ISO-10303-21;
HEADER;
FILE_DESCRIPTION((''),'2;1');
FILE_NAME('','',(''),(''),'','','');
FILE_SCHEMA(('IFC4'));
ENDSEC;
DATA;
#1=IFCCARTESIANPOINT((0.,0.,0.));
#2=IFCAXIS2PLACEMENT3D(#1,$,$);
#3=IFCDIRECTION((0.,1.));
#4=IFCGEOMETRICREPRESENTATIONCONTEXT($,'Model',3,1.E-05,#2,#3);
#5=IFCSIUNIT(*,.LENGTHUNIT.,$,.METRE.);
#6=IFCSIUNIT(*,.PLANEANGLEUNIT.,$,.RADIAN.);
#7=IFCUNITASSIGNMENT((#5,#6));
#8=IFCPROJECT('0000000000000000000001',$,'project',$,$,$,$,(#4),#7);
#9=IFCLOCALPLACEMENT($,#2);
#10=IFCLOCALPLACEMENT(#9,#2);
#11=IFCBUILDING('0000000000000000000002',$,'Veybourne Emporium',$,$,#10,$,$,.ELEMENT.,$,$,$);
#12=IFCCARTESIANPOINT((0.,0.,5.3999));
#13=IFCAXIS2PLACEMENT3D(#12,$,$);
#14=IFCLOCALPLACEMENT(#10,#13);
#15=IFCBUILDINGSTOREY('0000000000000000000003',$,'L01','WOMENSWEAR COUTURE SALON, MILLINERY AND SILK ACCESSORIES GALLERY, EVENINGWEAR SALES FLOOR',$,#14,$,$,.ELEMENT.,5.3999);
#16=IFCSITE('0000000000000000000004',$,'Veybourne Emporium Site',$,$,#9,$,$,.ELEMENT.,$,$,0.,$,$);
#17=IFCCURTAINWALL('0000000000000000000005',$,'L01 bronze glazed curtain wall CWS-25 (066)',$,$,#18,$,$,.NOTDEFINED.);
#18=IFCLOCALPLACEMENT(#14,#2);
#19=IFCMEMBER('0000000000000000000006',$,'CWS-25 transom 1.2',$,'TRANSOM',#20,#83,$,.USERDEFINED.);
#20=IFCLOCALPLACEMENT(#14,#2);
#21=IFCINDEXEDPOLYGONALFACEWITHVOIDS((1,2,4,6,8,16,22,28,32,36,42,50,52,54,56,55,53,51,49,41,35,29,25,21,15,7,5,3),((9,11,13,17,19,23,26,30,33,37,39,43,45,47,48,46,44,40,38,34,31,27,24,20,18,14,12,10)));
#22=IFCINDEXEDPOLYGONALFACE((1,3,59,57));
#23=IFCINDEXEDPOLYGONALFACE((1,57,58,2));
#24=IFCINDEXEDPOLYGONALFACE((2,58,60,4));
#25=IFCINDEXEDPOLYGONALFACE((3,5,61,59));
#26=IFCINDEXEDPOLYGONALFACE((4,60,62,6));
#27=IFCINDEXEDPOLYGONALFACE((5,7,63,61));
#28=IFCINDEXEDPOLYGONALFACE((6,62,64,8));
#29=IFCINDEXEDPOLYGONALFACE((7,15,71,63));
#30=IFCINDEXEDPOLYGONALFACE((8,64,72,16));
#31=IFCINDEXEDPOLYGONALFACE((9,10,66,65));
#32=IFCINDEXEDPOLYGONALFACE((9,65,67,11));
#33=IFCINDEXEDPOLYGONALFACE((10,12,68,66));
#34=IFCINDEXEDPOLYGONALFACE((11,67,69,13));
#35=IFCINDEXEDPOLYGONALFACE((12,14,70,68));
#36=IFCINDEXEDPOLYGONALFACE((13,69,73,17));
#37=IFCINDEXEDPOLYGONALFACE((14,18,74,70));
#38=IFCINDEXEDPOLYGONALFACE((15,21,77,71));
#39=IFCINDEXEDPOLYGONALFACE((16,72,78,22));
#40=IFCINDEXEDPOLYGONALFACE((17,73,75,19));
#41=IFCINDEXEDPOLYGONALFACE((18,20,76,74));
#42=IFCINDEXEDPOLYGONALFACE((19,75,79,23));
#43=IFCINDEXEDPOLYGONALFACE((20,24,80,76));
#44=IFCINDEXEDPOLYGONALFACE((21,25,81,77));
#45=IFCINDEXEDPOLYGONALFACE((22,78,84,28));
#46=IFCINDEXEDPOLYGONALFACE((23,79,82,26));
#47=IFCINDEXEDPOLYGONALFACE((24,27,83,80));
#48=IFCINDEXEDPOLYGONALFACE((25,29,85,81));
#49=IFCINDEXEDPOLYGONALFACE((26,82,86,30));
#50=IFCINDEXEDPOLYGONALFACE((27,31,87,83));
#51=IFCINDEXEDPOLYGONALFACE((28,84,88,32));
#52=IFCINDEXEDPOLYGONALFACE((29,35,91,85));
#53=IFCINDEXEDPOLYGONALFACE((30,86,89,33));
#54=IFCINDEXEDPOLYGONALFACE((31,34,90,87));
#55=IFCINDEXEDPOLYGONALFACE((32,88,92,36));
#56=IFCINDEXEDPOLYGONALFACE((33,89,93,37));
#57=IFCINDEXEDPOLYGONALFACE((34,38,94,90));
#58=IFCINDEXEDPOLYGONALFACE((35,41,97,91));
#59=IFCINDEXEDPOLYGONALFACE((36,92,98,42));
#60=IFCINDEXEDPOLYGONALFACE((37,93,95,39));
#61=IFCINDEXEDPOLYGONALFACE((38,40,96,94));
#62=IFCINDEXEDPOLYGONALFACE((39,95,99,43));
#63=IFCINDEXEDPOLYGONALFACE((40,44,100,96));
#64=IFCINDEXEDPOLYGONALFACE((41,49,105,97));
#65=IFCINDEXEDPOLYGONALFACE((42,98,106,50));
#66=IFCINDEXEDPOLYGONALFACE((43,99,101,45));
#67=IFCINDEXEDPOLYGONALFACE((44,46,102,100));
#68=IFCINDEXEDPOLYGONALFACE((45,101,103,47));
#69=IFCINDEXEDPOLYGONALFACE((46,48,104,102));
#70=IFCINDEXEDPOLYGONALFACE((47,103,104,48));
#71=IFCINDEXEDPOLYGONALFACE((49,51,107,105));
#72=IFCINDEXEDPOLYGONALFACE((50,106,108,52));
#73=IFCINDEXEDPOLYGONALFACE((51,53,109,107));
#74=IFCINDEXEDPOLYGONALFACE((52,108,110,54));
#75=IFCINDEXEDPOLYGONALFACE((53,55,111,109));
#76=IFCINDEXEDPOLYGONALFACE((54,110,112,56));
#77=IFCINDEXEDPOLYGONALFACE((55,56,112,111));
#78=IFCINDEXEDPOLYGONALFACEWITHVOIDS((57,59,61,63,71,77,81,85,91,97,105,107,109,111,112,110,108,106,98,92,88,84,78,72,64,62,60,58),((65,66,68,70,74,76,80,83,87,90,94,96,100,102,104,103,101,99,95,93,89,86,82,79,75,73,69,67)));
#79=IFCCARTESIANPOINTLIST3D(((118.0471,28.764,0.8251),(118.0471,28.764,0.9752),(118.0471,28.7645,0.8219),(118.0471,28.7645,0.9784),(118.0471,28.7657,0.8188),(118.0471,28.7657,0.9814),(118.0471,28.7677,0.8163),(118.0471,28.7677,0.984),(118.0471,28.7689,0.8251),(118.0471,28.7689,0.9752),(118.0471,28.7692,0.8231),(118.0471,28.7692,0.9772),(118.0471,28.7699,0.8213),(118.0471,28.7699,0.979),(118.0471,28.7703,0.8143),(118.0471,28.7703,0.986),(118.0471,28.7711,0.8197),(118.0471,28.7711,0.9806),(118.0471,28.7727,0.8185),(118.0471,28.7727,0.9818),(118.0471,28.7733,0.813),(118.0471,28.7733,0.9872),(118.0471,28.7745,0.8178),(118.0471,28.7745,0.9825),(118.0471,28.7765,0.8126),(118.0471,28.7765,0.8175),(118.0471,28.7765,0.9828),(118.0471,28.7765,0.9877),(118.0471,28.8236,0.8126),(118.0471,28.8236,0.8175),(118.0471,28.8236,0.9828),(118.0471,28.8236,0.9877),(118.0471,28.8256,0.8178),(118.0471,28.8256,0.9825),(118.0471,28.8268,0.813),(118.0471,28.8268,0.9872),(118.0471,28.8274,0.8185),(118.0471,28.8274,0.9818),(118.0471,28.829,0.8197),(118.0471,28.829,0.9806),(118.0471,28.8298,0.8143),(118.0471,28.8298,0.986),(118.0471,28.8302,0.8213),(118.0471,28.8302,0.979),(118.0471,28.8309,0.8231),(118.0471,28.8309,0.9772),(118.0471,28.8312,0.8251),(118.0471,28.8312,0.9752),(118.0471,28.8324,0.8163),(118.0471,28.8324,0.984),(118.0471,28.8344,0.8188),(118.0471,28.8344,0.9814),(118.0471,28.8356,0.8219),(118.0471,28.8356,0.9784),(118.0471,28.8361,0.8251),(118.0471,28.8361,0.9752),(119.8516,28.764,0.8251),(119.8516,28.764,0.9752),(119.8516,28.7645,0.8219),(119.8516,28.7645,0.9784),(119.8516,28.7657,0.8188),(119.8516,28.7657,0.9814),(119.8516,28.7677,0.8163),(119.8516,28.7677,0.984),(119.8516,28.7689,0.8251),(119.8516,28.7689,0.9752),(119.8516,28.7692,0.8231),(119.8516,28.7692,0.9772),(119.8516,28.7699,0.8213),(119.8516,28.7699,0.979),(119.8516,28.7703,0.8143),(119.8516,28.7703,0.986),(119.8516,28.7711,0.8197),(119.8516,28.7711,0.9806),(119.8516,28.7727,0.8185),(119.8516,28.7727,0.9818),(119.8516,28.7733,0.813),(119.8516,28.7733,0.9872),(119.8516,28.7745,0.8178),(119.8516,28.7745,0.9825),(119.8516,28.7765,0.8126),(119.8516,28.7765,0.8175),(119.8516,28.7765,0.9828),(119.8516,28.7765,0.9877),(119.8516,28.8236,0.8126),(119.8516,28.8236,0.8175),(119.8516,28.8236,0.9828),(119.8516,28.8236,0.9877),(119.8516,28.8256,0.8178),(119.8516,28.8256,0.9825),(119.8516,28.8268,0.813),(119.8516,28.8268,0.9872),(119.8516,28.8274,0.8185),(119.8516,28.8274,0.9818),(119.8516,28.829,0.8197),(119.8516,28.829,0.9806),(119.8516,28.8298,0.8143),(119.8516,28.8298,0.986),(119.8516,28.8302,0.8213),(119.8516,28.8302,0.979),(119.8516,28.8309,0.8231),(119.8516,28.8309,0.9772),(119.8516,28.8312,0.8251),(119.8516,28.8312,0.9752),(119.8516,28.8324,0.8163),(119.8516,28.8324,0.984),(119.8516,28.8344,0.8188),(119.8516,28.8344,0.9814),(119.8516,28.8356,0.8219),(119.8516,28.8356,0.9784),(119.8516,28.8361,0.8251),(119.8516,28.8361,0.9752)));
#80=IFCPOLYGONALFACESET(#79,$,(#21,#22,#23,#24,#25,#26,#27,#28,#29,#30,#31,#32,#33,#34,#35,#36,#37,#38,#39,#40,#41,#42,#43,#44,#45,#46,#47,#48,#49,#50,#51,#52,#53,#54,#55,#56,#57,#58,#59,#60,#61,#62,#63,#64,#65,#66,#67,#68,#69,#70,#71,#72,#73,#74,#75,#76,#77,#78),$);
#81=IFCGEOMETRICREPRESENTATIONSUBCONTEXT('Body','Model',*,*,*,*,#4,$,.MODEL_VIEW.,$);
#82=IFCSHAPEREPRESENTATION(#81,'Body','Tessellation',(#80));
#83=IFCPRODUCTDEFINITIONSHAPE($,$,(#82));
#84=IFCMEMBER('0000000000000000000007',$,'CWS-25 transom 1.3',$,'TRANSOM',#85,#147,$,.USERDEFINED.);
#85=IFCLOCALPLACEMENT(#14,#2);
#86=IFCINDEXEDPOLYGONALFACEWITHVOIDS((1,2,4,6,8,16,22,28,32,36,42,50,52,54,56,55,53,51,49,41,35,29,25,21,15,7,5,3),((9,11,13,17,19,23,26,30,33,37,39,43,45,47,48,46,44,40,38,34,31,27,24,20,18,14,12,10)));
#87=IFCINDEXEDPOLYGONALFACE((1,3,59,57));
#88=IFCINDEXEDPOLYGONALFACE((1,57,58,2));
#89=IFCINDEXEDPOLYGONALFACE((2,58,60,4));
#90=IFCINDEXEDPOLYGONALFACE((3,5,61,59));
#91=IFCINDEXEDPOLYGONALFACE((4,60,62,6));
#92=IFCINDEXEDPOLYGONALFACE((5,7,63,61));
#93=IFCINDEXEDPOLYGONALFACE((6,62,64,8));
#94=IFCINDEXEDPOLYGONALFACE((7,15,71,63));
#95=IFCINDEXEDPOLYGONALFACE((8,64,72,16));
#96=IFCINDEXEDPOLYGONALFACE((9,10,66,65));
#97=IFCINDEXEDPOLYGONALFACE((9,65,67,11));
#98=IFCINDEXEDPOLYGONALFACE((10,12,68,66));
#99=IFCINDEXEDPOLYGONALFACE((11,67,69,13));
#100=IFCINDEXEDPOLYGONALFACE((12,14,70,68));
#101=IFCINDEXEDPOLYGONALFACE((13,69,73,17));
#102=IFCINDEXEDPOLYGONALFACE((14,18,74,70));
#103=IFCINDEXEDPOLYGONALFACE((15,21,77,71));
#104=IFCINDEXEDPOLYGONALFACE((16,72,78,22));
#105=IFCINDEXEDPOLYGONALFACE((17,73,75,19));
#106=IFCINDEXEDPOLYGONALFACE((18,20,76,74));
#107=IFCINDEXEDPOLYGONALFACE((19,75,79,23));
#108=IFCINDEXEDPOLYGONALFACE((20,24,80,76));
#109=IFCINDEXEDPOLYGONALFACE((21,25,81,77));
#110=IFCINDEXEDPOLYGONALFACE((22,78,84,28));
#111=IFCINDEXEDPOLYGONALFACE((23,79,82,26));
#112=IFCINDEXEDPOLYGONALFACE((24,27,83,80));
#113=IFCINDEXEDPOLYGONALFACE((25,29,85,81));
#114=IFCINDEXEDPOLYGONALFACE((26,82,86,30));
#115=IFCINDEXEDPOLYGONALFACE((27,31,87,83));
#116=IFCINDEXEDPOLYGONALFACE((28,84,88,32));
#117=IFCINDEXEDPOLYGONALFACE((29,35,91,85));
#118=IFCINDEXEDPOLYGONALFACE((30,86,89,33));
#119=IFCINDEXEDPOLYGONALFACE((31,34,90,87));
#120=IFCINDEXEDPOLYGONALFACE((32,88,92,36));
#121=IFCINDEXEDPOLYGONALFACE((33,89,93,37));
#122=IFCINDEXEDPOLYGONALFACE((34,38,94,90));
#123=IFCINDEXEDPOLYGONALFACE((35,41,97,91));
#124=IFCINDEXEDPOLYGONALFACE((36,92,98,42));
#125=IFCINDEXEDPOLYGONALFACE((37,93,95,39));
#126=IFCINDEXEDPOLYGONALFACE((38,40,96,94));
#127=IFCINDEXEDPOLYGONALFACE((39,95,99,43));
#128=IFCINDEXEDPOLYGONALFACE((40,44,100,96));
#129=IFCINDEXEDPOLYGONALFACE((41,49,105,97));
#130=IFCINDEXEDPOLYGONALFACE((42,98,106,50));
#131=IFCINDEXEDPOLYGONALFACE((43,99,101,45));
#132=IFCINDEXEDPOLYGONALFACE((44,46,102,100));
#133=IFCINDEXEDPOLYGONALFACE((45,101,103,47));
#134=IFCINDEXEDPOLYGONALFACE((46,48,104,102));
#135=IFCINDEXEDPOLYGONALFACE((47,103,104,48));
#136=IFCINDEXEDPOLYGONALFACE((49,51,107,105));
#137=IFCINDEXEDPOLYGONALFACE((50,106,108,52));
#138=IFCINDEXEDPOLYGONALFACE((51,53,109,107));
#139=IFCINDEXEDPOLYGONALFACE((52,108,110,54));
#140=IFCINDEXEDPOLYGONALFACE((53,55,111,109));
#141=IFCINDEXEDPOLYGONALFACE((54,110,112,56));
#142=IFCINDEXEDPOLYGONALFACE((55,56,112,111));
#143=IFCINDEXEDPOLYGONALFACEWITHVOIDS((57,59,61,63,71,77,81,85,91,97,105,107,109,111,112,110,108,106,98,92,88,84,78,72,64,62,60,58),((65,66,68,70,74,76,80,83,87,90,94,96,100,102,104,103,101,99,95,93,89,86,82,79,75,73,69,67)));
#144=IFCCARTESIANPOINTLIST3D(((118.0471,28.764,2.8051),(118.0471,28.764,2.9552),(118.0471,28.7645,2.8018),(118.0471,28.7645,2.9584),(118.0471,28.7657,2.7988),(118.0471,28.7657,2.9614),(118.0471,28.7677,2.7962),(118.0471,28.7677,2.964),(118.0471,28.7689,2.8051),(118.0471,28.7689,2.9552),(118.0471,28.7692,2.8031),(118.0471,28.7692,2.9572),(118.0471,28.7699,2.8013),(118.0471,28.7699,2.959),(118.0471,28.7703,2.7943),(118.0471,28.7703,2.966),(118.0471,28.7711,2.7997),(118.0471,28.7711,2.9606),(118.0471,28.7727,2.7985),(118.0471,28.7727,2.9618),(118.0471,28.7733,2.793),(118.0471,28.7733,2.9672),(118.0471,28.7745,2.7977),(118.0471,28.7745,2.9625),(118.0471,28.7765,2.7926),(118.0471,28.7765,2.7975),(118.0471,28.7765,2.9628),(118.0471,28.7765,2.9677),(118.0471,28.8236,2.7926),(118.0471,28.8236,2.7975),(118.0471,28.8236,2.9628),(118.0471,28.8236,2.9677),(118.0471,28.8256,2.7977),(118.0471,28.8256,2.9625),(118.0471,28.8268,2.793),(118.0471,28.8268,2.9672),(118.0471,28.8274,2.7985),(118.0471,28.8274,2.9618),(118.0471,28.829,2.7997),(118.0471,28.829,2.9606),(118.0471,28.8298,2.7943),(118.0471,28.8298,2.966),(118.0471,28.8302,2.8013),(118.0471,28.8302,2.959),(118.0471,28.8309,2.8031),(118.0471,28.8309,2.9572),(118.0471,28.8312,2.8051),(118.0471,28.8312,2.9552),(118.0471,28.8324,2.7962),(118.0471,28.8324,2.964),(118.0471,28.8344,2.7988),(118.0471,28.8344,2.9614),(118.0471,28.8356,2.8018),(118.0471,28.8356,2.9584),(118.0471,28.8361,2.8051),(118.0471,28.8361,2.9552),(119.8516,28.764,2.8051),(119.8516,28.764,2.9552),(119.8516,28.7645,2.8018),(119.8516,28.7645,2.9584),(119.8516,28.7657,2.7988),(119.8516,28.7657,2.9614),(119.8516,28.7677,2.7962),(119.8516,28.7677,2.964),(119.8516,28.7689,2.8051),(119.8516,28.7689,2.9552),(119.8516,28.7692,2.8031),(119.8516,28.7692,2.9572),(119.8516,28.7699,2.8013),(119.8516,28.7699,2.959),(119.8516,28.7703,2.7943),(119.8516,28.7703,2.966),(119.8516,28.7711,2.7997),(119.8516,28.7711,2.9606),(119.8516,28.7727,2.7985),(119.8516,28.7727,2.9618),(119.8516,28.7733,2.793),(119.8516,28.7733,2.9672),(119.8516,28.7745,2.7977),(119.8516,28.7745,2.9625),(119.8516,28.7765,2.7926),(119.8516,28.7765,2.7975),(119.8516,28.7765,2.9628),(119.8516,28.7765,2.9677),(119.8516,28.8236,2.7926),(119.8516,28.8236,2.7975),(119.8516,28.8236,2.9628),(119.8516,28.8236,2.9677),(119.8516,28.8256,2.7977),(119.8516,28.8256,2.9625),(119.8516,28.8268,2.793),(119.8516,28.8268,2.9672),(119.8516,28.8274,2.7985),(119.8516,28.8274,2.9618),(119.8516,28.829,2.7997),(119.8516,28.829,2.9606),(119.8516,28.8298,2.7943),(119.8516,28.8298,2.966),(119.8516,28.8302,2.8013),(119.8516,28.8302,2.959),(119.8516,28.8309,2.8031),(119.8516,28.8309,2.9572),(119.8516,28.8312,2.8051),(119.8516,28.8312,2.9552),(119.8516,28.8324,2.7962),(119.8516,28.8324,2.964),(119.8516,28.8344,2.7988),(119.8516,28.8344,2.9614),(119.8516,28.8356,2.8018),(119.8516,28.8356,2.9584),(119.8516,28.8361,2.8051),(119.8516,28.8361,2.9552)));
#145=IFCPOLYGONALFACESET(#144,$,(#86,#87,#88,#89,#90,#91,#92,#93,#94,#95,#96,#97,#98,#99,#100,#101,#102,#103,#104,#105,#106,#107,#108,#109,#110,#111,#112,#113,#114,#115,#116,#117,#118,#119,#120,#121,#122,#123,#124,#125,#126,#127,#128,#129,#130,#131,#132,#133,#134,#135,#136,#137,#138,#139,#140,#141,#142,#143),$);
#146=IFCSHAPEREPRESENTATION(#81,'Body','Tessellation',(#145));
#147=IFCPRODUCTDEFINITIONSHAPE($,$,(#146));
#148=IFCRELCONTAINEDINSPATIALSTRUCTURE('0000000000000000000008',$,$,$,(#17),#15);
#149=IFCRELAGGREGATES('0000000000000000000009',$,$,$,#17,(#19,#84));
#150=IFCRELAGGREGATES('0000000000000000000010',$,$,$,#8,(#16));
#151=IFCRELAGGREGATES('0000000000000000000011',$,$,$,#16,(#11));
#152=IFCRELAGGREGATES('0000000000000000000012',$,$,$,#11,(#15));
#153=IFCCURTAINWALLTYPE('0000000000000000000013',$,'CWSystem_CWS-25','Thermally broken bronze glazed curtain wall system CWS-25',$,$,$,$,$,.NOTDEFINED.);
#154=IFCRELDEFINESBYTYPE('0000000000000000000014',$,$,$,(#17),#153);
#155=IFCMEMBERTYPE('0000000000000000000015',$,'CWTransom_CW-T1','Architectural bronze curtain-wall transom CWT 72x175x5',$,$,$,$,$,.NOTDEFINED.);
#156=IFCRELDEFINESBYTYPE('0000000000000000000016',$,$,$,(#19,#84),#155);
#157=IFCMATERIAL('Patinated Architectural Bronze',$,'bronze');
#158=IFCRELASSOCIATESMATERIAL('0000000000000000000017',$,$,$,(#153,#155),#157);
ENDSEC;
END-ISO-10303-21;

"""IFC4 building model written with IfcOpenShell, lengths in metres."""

from ifc_helpers import new_model, si_unit, direction, frame, origin, origin_2d, place, context, subcontext, project, spatial, hollow_rectangle, extrude, material, material_profile, profile_set, type_object, element, aggregate, save


model = new_model("IFC4")

# Units and contexts
model_context = context("Model", 3, precision=1e-05, world=origin(), true_north=direction((0.0, 1.0)))
body_context = subcontext(model_context, "Body", "Model", "MODEL_VIEW")
ifc_project = project(units=[si_unit("LENGTHUNIT", "METRE"), si_unit("PLANEANGLEUNIT", "RADIAN")], contexts=[model_context])

# Site, building, storey
site_placement = place(None, origin())
site = spatial("IfcSite", under=ifc_project, at=site_placement, Name="Veybourne Emporium Site", CompositionType="ELEMENT", RefElevation=0.0)
building_placement = place(site_placement, origin())
building = spatial("IfcBuilding", under=site, at=building_placement, Name="Veybourne Emporium", CompositionType="ELEMENT")
storey_placement = place(building_placement, frame((0.0, 0.0, 5.3999)))
storey = spatial("IfcBuildingStorey", under=building, at=storey_placement, Name="L01", Description="WOMENSWEAR COUTURE SALON, MILLINERY AND SILK ACCESSORIES GALLERY, EVENINGWEAR SALES FLOOR", CompositionType="ELEMENT", Elevation=5.3999)

# Curtain wall, members
ifc_material_1 = material(Name="Patinated Architectural Bronze", Category="bronze")
curtain_wall_type = type_object("IfcCurtainWallType", Name="CWSystem_CWS-25", Description="Thermally broken bronze glazed curtain wall system CWS-25", PredefinedType="NOTDEFINED", material=ifc_material_1)
curtain_wall_placement = place(storey_placement, origin())
curtain_wall = element("IfcCurtainWall", 1, at=curtain_wall_placement, inside=storey, type_object=curtain_wall_type, Name="L01 bronze glazed curtain wall CWS-25 (066)", PredefinedType="NOTDEFINED")
ifc_material_profile_1 = material_profile(ifc_material_1, hollow_rectangle(XDim=0.072, YDim=0.175, WallThickness=0.0049, InnerFilletRadius=0.0076, OuterFilletRadius=0.0125, at=origin_2d()), Name="CWT 72x175x5")
ifc_profile_set_1 = profile_set([ifc_material_profile_1], Name="Patinated Architectural Bronze")
member_type_1 = type_object("IfcMemberType", Name="CWTransom_CW-T1", Description="Architectural bronze curtain-wall transom CWT 72x175x5", PredefinedType="NOTDEFINED", material=ifc_profile_set_1)
member_1_placement = place(storey_placement, frame((118.0471, 28.8, 0.9001), z_axis=(1.0, 0.0, 0.0), x_axis=(0.0, 1.0, 0.0)))
member_1 = element("IfcMember", 2, at=member_1_placement, type_object=member_type_1, Name="CWS-25 transom 1.2", ObjectType="TRANSOM", PredefinedType="USERDEFINED", context=body_context, shape_type="SweptSolid", body=[
    extrude(hollow_rectangle(XDim=0.072, YDim=0.175, WallThickness=0.0049, InnerFilletRadius=0.0076, OuterFilletRadius=0.0125, at=origin_2d()), origin(), (0.0, 0.0, 1.0), 1.8044),
])
member_2_placement = place(storey_placement, frame((118.0471, 28.8, 2.8801), z_axis=(1.0, 0.0, 0.0), x_axis=(0.0, 1.0, 0.0)))
member_2 = element("IfcMember", 3, at=member_2_placement, type_object=member_type_1, Name="CWS-25 transom 1.3", ObjectType="TRANSOM", PredefinedType="USERDEFINED", context=body_context, shape_type="SweptSolid", body=[
    extrude(hollow_rectangle(XDim=0.072, YDim=0.175, WallThickness=0.0049, InnerFilletRadius=0.0076, OuterFilletRadius=0.0125, at=origin_2d()), origin(), (0.0, 0.0, 1.0), 1.8044),
])

aggregate(curtain_wall, [member_1, member_2])

save(model, "model.ifc")
